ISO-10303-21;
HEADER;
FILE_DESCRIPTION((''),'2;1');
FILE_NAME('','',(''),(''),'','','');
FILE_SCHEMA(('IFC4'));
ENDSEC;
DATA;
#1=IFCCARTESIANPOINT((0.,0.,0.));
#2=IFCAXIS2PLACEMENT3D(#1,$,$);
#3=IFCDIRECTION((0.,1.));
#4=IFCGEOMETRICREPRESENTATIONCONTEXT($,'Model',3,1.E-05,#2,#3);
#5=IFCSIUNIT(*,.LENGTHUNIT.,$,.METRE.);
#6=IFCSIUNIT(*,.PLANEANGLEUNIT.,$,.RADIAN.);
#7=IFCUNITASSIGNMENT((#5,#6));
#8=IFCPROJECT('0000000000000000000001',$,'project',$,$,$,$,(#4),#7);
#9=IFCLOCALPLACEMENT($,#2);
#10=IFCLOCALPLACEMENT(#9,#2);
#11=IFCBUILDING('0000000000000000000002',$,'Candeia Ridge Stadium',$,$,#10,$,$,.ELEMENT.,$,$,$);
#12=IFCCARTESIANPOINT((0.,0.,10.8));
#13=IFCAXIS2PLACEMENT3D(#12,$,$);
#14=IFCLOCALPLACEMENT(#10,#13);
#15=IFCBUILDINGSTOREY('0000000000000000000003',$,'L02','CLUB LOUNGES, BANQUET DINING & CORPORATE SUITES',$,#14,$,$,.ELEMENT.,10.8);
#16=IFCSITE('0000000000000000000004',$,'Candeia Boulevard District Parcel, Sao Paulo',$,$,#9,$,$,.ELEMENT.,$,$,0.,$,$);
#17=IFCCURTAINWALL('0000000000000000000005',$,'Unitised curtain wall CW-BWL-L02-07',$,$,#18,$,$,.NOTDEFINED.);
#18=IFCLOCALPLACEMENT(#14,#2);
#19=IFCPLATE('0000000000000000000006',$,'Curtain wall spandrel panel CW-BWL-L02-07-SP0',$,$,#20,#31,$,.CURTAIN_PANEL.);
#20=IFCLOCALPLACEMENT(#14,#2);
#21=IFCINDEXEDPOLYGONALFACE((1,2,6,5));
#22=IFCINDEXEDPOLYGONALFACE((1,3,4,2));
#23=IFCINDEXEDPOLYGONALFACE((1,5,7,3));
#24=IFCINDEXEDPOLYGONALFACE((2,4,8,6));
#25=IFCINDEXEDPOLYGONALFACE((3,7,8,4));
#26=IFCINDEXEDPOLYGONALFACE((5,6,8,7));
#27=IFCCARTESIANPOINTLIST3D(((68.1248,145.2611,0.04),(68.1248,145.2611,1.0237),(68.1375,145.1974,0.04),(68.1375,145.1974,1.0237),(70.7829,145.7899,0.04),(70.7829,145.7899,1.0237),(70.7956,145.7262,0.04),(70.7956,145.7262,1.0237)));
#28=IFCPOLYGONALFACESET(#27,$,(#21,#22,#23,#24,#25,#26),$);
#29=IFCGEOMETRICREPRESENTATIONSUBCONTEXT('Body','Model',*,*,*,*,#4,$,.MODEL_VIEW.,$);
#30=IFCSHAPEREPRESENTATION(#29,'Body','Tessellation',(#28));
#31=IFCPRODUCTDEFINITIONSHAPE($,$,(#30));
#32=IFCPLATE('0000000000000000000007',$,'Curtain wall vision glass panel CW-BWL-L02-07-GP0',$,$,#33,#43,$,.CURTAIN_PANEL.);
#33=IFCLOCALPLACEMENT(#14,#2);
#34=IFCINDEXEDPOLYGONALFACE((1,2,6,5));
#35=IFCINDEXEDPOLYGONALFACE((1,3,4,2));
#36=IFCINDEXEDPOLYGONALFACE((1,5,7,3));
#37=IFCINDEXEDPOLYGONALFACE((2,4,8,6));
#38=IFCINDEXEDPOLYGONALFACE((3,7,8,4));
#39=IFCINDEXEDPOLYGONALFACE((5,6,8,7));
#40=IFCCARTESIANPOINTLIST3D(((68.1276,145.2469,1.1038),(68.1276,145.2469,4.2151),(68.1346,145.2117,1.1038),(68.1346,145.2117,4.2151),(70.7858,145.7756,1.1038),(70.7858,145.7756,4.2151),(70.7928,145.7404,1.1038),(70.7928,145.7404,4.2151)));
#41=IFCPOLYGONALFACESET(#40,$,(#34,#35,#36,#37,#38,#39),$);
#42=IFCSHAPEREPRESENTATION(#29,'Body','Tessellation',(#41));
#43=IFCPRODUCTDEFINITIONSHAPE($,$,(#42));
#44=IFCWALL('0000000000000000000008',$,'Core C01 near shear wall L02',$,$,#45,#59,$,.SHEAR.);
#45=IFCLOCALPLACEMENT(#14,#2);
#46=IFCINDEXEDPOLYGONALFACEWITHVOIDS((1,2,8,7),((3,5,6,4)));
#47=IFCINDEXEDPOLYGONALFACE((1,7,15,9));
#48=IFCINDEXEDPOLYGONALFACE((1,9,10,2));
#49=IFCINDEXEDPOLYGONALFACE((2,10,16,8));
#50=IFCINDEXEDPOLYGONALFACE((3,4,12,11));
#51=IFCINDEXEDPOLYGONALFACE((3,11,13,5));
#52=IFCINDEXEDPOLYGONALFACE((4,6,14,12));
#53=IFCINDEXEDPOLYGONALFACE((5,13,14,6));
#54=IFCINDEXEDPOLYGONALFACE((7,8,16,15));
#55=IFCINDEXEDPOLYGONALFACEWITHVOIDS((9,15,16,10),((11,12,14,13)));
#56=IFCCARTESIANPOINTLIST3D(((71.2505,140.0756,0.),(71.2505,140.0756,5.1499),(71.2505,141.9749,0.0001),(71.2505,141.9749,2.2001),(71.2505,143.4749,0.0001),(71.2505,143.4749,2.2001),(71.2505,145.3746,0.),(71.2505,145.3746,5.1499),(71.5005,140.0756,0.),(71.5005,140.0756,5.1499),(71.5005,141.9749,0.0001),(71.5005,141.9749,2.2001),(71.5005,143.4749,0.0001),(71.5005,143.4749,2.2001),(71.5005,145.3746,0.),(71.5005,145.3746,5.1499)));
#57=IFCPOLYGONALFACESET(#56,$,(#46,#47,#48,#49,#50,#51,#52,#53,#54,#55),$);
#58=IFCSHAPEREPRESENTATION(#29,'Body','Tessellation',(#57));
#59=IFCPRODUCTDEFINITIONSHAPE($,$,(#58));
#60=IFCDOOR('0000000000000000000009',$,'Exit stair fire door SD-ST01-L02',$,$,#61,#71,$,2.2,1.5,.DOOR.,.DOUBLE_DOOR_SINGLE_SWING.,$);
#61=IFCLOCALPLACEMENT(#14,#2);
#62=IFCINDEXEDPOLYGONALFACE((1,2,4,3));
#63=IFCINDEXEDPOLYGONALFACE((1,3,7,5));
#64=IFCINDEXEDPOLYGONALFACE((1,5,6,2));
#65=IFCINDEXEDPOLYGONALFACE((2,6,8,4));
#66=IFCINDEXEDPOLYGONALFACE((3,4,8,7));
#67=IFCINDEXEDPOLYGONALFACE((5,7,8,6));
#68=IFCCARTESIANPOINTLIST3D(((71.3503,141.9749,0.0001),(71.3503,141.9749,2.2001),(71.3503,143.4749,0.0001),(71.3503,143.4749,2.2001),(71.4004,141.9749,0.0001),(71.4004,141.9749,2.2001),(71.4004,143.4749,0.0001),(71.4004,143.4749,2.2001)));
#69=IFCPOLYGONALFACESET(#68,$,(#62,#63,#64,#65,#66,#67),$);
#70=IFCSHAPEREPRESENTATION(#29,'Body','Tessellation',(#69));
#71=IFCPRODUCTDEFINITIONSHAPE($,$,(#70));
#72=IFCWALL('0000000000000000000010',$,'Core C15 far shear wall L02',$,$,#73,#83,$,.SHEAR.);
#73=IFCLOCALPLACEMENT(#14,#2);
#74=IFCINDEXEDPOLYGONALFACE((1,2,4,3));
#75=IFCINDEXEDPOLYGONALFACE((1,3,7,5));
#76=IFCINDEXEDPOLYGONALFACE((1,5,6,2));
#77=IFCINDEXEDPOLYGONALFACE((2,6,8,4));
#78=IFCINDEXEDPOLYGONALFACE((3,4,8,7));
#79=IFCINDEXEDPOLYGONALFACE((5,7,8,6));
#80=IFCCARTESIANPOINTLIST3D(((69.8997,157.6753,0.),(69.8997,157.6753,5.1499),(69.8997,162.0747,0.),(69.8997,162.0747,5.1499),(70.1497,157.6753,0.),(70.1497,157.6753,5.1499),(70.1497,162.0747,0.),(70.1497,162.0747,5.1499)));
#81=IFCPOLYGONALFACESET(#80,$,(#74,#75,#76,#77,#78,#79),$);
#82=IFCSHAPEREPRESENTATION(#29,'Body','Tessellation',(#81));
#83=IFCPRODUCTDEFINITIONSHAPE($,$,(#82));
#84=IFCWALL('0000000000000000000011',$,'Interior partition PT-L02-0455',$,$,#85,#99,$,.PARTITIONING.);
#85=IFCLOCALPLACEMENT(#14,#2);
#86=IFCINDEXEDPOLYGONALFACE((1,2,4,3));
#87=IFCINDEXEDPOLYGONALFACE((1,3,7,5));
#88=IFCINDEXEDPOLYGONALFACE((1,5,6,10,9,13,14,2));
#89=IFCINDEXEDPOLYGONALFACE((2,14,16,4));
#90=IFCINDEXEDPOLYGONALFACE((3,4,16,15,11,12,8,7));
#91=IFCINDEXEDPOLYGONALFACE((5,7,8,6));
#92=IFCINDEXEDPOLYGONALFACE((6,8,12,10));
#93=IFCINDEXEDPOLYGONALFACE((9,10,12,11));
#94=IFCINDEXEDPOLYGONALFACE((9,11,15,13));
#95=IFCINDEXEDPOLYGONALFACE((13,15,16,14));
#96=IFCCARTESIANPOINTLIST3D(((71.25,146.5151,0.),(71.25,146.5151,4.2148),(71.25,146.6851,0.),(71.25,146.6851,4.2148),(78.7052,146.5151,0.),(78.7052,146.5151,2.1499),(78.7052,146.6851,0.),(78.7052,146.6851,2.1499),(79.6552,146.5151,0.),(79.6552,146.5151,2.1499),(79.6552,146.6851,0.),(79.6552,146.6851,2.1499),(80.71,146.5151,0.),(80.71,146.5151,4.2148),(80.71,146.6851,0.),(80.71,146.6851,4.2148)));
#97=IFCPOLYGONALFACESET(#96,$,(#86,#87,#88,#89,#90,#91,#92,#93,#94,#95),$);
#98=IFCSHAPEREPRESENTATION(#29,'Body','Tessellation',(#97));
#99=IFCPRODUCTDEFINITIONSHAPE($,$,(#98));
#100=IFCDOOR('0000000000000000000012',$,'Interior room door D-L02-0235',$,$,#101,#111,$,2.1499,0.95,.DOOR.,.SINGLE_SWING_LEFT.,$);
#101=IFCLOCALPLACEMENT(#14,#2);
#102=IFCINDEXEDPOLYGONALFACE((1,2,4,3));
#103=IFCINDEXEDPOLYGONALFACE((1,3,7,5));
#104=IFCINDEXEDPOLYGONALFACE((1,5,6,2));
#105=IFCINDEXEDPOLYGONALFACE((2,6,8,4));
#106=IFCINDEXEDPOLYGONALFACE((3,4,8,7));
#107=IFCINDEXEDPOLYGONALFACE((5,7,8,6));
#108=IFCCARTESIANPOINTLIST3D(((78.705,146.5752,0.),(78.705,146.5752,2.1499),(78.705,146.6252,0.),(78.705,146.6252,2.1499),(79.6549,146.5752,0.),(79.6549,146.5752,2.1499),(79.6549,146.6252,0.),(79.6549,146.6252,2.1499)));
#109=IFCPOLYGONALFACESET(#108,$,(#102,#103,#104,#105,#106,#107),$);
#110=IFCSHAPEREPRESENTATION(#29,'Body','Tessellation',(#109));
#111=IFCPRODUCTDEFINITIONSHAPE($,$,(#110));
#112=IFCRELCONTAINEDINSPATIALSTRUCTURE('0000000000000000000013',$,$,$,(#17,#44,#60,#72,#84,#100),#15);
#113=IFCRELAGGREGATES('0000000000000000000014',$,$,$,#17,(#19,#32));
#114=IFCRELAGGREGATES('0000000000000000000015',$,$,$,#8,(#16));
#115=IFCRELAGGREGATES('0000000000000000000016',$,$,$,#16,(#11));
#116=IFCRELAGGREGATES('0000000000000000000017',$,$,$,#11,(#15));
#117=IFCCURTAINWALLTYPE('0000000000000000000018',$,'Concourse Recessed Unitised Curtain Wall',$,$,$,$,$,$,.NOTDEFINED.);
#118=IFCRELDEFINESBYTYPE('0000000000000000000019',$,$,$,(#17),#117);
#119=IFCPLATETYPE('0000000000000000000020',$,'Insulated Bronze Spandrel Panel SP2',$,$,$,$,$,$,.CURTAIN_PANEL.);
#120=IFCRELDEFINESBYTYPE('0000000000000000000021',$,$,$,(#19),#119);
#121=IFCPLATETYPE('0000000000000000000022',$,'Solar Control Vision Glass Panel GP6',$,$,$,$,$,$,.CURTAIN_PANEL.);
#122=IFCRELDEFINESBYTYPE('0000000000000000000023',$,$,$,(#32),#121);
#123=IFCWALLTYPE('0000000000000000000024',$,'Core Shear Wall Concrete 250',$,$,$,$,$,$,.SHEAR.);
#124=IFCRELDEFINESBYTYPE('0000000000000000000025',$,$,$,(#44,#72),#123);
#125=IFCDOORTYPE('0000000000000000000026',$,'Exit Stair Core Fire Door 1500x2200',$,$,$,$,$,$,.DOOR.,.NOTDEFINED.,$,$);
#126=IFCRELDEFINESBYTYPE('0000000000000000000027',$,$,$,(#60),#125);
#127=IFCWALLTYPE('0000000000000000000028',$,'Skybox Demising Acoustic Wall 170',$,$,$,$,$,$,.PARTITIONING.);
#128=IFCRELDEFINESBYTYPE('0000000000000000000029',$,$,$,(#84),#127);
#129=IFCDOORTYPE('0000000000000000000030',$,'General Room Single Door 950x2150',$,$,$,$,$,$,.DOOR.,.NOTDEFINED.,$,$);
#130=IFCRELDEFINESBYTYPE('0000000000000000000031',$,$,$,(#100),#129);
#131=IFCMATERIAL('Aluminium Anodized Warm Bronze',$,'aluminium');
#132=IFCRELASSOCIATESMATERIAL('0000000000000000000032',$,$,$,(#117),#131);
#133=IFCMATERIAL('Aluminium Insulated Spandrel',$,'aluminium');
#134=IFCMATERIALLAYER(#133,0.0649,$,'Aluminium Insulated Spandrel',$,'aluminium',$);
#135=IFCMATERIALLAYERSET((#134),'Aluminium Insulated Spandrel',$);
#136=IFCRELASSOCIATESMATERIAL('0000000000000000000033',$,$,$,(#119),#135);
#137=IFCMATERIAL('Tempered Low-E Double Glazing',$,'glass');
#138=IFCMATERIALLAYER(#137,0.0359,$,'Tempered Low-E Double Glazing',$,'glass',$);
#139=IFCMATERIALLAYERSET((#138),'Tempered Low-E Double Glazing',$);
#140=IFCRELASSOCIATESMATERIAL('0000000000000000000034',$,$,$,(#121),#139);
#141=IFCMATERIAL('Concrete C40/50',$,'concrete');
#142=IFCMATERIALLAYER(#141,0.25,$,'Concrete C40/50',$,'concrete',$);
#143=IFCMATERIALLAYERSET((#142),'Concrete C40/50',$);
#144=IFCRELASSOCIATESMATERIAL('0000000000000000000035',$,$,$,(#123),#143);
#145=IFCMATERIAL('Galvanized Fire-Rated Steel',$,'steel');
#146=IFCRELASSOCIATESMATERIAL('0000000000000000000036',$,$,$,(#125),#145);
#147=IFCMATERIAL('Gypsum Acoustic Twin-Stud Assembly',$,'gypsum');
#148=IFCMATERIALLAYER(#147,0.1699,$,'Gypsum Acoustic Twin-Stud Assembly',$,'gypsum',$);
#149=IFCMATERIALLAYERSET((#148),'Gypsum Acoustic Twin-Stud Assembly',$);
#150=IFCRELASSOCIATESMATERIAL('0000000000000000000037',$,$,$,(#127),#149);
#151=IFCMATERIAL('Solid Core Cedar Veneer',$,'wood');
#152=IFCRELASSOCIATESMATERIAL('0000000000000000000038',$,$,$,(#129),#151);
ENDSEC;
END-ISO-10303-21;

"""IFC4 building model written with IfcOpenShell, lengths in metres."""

from ifc_helpers import new_model, si_unit, direction, frame, frame_2d, origin, origin_2d, place, context, subcontext, project, spatial, rectangle, extrude, material, layer, layer_set, type_object, element, fill, aggregate, save


model = new_model("IFC4")

# Units and contexts
model_context = context("Model", 3, precision=1e-05, world=origin(), true_north=direction((0.0, 1.0)))
body_context = subcontext(model_context, "Body", "Model", "MODEL_VIEW")
ifc_project = project(units=[si_unit("LENGTHUNIT", "METRE"), si_unit("PLANEANGLEUNIT", "RADIAN")], contexts=[model_context])

# Site, building, storey
site_placement = place(None, origin())
site = spatial("IfcSite", under=ifc_project, at=site_placement, Name="Candeia Boulevard District Parcel, Sao Paulo", CompositionType="ELEMENT", RefElevation=0.0)
building_placement = place(site_placement, origin())
building = spatial("IfcBuilding", under=site, at=building_placement, Name="Candeia Ridge Stadium", CompositionType="ELEMENT")
storey_placement = place(building_placement, frame((0.0, 0.0, 10.8)))
storey = spatial("IfcBuildingStorey", under=building, at=storey_placement, Name="L02", Description="CLUB LOUNGES, BANQUET DINING & CORPORATE SUITES", CompositionType="ELEMENT", Elevation=10.8)

# Shared definitions
ifc_material_1 = material(Name="Concrete C40/50", Category="concrete")

# Curtain wall
ifc_material_2 = material(Name="Aluminium Anodized Warm Bronze", Category="aluminium")
curtain_wall_type = type_object("IfcCurtainWallType", Name="Concourse Recessed Unitised Curtain Wall", PredefinedType="NOTDEFINED", material=ifc_material_2)
curtain_wall_placement = place(storey_placement, origin())
curtain_wall = element("IfcCurtainWall", 1, at=curtain_wall_placement, inside=storey, type_object=curtain_wall_type, Name="Unitised curtain wall CW-BWL-L02-07", PredefinedType="NOTDEFINED")

# Plates
ifc_material_3 = material(Name="Aluminium Insulated Spandrel", Category="aluminium")
ifc_layer_1 = layer(ifc_material_3, 0.0649, Name="Aluminium Insulated Spandrel", Category="aluminium")
ifc_layer_set_1 = layer_set([ifc_layer_1], Name="Aluminium Insulated Spandrel")
plate_type_1 = type_object("IfcPlateType", Name="Insulated Bronze Spandrel Panel SP2", PredefinedType="CURTAIN_PANEL", material=ifc_layer_set_1)
plate_1_placement = place(storey_placement, frame((69.4602, 145.4937, 0.04), z_axis=(0.0, 0.0, 1.0), x_axis=(-0.980785, -0.19509, 0.0)))
plate_1 = element("IfcPlate", 2, at=plate_1_placement, type_object=plate_type_1, Name="Curtain wall spandrel panel CW-BWL-L02-07-SP0", PredefinedType="CURTAIN_PANEL", context=body_context, shape_type="SweptSolid", body=[
    extrude(rectangle(XDim=2.7102, YDim=0.0649, at=origin_2d()), origin(), (0.0, 0.0, 1.0), 0.9836),
])
ifc_material_4 = material(Name="Tempered Low-E Double Glazing", Category="glass")
ifc_layer_2 = layer(ifc_material_4, 0.0359, Name="Tempered Low-E Double Glazing", Category="glass")
ifc_layer_set_2 = layer_set([ifc_layer_2], Name="Tempered Low-E Double Glazing")
plate_type_2 = type_object("IfcPlateType", Name="Solar Control Vision Glass Panel GP6", PredefinedType="CURTAIN_PANEL", material=ifc_layer_set_2)
plate_2_placement = place(storey_placement, frame((69.4602, 145.4937, 1.1038), z_axis=(0.0, 0.0, 1.0), x_axis=(-0.980785, -0.19509, 0.0)))
plate_2 = element("IfcPlate", 3, at=plate_2_placement, type_object=plate_type_2, Name="Curtain wall vision glass panel CW-BWL-L02-07-GP0", PredefinedType="CURTAIN_PANEL", context=body_context, shape_type="SweptSolid", body=[
    extrude(rectangle(XDim=2.7102, YDim=0.0359, at=origin_2d()), origin(), (0.0, 0.0, 1.0), 3.1113),
])
aggregate(curtain_wall, [plate_1, plate_2])

# Wall, opening, door
ifc_layer_3 = layer(ifc_material_1, 0.25, Name="Concrete C40/50", Category="concrete")
ifc_layer_set_3 = layer_set([ifc_layer_3], Name="Concrete C40/50")
wall_type_1 = type_object("IfcWallType", Name="Core Shear Wall Concrete 250", PredefinedType="SHEAR", material=ifc_layer_set_3)
wall_1_placement = place(storey_placement, frame((71.3755, 145.3745, 0.0), z_axis=(0.0, 0.0, 1.0), x_axis=(0.0, -1.0, 0.0)))
wall_1 = element("IfcWall", 4, at=wall_1_placement, inside=storey, type_object=wall_type_1, Name="Core C01 near shear wall L02", PredefinedType="SHEAR", context=body_context, shape_type="SweptSolid", body=[
    extrude(rectangle(XDim=5.2991, YDim=0.25, at=frame_2d((2.6494, 0.0))), origin(), (0.0, 0.0, 1.0), 5.1499),
])
opening_1_placement = place(wall_1_placement, frame((1.8997, 0.0, 0.0)))
opening_1 = element("IfcOpeningElement", 5, at=opening_1_placement, cuts=wall_1, PredefinedType="OPENING", context=body_context, shape_type="SweptSolid", body=[
    extrude(rectangle(XDim=1.5, YDim=2.2, at=frame_2d((0.75, 1.1001))), frame((0.0, 0.135, 0.0), z_axis=(0.0, -1.0, 0.0), x_axis=(1.0, 0.0, 0.0)), (0.0, 0.0, 1.0), 0.27),
])
ifc_material_5 = material(Name="Galvanized Fire-Rated Steel", Category="steel")
door_type_1 = type_object("IfcDoorType", Name="Exit Stair Core Fire Door 1500x2200", OperationType="NOTDEFINED", PredefinedType="DOOR", material=ifc_material_5)
door_1_placement = place(opening_1_placement, origin())
door_1 = element("IfcDoor", 6, at=door_1_placement, inside=storey, type_object=door_type_1, Name="Exit stair fire door SD-ST01-L02", OperationType="DOUBLE_DOOR_SINGLE_SWING", OverallHeight=2.2, OverallWidth=1.5, PredefinedType="DOOR", context=body_context, shape_type="SweptSolid", body=[
    extrude(rectangle(XDim=1.5, YDim=2.2, at=frame_2d((0.75, 1.1001))), frame((0.0, 0.0249, 0.0), z_axis=(0.0, -1.0, 0.0), x_axis=(1.0, 0.0, 0.0)), (0.0, 0.0, 1.0), 0.05),
])
fill(opening_1, door_1)

# Wall
wall_2_placement = place(storey_placement, frame((70.0247, 157.6753, 0.0), z_axis=(0.0, 0.0, 1.0), x_axis=(0.0, 1.0, 0.0)))
element("IfcWall", 7, at=wall_2_placement, inside=storey, type_object=wall_type_1, Name="Core C15 far shear wall L02", PredefinedType="SHEAR", context=body_context, shape_type="SweptSolid", body=[
    extrude(rectangle(XDim=4.3994, YDim=0.25, at=frame_2d((2.1997, 0.0))), origin(), (0.0, 0.0, 1.0), 5.1499),
])

# Wall, opening, door
ifc_material_6 = material(Name="Gypsum Acoustic Twin-Stud Assembly", Category="gypsum")
ifc_layer_4 = layer(ifc_material_6, 0.1699, Name="Gypsum Acoustic Twin-Stud Assembly", Category="gypsum")
ifc_layer_set_4 = layer_set([ifc_layer_4], Name="Gypsum Acoustic Twin-Stud Assembly")
wall_type_2 = type_object("IfcWallType", Name="Skybox Demising Acoustic Wall 170", PredefinedType="PARTITIONING", material=ifc_layer_set_4)
wall_3_placement = place(storey_placement, frame((71.25, 146.6001, 0.0), z_axis=(0.0, 0.0, 1.0), x_axis=(1.0, 0.0, 0.0)))
wall_3 = element("IfcWall", 8, at=wall_3_placement, inside=storey, type_object=wall_type_2, Name="Interior partition PT-L02-0455", PredefinedType="PARTITIONING", context=body_context, shape_type="SweptSolid", body=[
    extrude(rectangle(XDim=9.46, YDim=0.1699, at=frame_2d((4.73, 0.0))), origin(), (0.0, 0.0, 1.0), 4.2148),
])
opening_2_placement = place(wall_3_placement, frame((7.4551, 0.0, 0.0)))
opening_2 = element("IfcOpeningElement", 9, at=opening_2_placement, cuts=wall_3, PredefinedType="OPENING", context=body_context, shape_type="SweptSolid", body=[
    extrude(rectangle(XDim=0.95, YDim=2.1499, at=frame_2d((0.4751, 1.075))), frame((0.0, 0.095, 0.0), z_axis=(0.0, -1.0, 0.0), x_axis=(1.0, 0.0, 0.0)), (0.0, 0.0, 1.0), 0.1899),
])
ifc_material_7 = material(Name="Solid Core Cedar Veneer", Category="wood")
door_type_2 = type_object("IfcDoorType", Name="General Room Single Door 950x2150", OperationType="NOTDEFINED", PredefinedType="DOOR", material=ifc_material_7)
door_2_placement = place(opening_2_placement, frame((0.95, 0.0, 0.0), z_axis=(0.0, 0.0, 1.0), x_axis=(-1.0, 0.0, 0.0)))
door_2 = element("IfcDoor", 10, at=door_2_placement, inside=storey, type_object=door_type_2, Name="Interior room door D-L02-0235", OperationType="SINGLE_SWING_LEFT", OverallHeight=2.1499, OverallWidth=0.95, PredefinedType="DOOR", context=body_context, shape_type="SweptSolid", body=[
    extrude(rectangle(XDim=0.95, YDim=2.1499, at=frame_2d((0.4751, 1.075))), frame((0.0, 0.0249, 0.0), z_axis=(0.0, -1.0, 0.0), x_axis=(1.0, 0.0, 0.0)), (0.0, 0.0, 1.0), 0.05),
])
fill(opening_2, door_2)

save(model, "model.ifc")
